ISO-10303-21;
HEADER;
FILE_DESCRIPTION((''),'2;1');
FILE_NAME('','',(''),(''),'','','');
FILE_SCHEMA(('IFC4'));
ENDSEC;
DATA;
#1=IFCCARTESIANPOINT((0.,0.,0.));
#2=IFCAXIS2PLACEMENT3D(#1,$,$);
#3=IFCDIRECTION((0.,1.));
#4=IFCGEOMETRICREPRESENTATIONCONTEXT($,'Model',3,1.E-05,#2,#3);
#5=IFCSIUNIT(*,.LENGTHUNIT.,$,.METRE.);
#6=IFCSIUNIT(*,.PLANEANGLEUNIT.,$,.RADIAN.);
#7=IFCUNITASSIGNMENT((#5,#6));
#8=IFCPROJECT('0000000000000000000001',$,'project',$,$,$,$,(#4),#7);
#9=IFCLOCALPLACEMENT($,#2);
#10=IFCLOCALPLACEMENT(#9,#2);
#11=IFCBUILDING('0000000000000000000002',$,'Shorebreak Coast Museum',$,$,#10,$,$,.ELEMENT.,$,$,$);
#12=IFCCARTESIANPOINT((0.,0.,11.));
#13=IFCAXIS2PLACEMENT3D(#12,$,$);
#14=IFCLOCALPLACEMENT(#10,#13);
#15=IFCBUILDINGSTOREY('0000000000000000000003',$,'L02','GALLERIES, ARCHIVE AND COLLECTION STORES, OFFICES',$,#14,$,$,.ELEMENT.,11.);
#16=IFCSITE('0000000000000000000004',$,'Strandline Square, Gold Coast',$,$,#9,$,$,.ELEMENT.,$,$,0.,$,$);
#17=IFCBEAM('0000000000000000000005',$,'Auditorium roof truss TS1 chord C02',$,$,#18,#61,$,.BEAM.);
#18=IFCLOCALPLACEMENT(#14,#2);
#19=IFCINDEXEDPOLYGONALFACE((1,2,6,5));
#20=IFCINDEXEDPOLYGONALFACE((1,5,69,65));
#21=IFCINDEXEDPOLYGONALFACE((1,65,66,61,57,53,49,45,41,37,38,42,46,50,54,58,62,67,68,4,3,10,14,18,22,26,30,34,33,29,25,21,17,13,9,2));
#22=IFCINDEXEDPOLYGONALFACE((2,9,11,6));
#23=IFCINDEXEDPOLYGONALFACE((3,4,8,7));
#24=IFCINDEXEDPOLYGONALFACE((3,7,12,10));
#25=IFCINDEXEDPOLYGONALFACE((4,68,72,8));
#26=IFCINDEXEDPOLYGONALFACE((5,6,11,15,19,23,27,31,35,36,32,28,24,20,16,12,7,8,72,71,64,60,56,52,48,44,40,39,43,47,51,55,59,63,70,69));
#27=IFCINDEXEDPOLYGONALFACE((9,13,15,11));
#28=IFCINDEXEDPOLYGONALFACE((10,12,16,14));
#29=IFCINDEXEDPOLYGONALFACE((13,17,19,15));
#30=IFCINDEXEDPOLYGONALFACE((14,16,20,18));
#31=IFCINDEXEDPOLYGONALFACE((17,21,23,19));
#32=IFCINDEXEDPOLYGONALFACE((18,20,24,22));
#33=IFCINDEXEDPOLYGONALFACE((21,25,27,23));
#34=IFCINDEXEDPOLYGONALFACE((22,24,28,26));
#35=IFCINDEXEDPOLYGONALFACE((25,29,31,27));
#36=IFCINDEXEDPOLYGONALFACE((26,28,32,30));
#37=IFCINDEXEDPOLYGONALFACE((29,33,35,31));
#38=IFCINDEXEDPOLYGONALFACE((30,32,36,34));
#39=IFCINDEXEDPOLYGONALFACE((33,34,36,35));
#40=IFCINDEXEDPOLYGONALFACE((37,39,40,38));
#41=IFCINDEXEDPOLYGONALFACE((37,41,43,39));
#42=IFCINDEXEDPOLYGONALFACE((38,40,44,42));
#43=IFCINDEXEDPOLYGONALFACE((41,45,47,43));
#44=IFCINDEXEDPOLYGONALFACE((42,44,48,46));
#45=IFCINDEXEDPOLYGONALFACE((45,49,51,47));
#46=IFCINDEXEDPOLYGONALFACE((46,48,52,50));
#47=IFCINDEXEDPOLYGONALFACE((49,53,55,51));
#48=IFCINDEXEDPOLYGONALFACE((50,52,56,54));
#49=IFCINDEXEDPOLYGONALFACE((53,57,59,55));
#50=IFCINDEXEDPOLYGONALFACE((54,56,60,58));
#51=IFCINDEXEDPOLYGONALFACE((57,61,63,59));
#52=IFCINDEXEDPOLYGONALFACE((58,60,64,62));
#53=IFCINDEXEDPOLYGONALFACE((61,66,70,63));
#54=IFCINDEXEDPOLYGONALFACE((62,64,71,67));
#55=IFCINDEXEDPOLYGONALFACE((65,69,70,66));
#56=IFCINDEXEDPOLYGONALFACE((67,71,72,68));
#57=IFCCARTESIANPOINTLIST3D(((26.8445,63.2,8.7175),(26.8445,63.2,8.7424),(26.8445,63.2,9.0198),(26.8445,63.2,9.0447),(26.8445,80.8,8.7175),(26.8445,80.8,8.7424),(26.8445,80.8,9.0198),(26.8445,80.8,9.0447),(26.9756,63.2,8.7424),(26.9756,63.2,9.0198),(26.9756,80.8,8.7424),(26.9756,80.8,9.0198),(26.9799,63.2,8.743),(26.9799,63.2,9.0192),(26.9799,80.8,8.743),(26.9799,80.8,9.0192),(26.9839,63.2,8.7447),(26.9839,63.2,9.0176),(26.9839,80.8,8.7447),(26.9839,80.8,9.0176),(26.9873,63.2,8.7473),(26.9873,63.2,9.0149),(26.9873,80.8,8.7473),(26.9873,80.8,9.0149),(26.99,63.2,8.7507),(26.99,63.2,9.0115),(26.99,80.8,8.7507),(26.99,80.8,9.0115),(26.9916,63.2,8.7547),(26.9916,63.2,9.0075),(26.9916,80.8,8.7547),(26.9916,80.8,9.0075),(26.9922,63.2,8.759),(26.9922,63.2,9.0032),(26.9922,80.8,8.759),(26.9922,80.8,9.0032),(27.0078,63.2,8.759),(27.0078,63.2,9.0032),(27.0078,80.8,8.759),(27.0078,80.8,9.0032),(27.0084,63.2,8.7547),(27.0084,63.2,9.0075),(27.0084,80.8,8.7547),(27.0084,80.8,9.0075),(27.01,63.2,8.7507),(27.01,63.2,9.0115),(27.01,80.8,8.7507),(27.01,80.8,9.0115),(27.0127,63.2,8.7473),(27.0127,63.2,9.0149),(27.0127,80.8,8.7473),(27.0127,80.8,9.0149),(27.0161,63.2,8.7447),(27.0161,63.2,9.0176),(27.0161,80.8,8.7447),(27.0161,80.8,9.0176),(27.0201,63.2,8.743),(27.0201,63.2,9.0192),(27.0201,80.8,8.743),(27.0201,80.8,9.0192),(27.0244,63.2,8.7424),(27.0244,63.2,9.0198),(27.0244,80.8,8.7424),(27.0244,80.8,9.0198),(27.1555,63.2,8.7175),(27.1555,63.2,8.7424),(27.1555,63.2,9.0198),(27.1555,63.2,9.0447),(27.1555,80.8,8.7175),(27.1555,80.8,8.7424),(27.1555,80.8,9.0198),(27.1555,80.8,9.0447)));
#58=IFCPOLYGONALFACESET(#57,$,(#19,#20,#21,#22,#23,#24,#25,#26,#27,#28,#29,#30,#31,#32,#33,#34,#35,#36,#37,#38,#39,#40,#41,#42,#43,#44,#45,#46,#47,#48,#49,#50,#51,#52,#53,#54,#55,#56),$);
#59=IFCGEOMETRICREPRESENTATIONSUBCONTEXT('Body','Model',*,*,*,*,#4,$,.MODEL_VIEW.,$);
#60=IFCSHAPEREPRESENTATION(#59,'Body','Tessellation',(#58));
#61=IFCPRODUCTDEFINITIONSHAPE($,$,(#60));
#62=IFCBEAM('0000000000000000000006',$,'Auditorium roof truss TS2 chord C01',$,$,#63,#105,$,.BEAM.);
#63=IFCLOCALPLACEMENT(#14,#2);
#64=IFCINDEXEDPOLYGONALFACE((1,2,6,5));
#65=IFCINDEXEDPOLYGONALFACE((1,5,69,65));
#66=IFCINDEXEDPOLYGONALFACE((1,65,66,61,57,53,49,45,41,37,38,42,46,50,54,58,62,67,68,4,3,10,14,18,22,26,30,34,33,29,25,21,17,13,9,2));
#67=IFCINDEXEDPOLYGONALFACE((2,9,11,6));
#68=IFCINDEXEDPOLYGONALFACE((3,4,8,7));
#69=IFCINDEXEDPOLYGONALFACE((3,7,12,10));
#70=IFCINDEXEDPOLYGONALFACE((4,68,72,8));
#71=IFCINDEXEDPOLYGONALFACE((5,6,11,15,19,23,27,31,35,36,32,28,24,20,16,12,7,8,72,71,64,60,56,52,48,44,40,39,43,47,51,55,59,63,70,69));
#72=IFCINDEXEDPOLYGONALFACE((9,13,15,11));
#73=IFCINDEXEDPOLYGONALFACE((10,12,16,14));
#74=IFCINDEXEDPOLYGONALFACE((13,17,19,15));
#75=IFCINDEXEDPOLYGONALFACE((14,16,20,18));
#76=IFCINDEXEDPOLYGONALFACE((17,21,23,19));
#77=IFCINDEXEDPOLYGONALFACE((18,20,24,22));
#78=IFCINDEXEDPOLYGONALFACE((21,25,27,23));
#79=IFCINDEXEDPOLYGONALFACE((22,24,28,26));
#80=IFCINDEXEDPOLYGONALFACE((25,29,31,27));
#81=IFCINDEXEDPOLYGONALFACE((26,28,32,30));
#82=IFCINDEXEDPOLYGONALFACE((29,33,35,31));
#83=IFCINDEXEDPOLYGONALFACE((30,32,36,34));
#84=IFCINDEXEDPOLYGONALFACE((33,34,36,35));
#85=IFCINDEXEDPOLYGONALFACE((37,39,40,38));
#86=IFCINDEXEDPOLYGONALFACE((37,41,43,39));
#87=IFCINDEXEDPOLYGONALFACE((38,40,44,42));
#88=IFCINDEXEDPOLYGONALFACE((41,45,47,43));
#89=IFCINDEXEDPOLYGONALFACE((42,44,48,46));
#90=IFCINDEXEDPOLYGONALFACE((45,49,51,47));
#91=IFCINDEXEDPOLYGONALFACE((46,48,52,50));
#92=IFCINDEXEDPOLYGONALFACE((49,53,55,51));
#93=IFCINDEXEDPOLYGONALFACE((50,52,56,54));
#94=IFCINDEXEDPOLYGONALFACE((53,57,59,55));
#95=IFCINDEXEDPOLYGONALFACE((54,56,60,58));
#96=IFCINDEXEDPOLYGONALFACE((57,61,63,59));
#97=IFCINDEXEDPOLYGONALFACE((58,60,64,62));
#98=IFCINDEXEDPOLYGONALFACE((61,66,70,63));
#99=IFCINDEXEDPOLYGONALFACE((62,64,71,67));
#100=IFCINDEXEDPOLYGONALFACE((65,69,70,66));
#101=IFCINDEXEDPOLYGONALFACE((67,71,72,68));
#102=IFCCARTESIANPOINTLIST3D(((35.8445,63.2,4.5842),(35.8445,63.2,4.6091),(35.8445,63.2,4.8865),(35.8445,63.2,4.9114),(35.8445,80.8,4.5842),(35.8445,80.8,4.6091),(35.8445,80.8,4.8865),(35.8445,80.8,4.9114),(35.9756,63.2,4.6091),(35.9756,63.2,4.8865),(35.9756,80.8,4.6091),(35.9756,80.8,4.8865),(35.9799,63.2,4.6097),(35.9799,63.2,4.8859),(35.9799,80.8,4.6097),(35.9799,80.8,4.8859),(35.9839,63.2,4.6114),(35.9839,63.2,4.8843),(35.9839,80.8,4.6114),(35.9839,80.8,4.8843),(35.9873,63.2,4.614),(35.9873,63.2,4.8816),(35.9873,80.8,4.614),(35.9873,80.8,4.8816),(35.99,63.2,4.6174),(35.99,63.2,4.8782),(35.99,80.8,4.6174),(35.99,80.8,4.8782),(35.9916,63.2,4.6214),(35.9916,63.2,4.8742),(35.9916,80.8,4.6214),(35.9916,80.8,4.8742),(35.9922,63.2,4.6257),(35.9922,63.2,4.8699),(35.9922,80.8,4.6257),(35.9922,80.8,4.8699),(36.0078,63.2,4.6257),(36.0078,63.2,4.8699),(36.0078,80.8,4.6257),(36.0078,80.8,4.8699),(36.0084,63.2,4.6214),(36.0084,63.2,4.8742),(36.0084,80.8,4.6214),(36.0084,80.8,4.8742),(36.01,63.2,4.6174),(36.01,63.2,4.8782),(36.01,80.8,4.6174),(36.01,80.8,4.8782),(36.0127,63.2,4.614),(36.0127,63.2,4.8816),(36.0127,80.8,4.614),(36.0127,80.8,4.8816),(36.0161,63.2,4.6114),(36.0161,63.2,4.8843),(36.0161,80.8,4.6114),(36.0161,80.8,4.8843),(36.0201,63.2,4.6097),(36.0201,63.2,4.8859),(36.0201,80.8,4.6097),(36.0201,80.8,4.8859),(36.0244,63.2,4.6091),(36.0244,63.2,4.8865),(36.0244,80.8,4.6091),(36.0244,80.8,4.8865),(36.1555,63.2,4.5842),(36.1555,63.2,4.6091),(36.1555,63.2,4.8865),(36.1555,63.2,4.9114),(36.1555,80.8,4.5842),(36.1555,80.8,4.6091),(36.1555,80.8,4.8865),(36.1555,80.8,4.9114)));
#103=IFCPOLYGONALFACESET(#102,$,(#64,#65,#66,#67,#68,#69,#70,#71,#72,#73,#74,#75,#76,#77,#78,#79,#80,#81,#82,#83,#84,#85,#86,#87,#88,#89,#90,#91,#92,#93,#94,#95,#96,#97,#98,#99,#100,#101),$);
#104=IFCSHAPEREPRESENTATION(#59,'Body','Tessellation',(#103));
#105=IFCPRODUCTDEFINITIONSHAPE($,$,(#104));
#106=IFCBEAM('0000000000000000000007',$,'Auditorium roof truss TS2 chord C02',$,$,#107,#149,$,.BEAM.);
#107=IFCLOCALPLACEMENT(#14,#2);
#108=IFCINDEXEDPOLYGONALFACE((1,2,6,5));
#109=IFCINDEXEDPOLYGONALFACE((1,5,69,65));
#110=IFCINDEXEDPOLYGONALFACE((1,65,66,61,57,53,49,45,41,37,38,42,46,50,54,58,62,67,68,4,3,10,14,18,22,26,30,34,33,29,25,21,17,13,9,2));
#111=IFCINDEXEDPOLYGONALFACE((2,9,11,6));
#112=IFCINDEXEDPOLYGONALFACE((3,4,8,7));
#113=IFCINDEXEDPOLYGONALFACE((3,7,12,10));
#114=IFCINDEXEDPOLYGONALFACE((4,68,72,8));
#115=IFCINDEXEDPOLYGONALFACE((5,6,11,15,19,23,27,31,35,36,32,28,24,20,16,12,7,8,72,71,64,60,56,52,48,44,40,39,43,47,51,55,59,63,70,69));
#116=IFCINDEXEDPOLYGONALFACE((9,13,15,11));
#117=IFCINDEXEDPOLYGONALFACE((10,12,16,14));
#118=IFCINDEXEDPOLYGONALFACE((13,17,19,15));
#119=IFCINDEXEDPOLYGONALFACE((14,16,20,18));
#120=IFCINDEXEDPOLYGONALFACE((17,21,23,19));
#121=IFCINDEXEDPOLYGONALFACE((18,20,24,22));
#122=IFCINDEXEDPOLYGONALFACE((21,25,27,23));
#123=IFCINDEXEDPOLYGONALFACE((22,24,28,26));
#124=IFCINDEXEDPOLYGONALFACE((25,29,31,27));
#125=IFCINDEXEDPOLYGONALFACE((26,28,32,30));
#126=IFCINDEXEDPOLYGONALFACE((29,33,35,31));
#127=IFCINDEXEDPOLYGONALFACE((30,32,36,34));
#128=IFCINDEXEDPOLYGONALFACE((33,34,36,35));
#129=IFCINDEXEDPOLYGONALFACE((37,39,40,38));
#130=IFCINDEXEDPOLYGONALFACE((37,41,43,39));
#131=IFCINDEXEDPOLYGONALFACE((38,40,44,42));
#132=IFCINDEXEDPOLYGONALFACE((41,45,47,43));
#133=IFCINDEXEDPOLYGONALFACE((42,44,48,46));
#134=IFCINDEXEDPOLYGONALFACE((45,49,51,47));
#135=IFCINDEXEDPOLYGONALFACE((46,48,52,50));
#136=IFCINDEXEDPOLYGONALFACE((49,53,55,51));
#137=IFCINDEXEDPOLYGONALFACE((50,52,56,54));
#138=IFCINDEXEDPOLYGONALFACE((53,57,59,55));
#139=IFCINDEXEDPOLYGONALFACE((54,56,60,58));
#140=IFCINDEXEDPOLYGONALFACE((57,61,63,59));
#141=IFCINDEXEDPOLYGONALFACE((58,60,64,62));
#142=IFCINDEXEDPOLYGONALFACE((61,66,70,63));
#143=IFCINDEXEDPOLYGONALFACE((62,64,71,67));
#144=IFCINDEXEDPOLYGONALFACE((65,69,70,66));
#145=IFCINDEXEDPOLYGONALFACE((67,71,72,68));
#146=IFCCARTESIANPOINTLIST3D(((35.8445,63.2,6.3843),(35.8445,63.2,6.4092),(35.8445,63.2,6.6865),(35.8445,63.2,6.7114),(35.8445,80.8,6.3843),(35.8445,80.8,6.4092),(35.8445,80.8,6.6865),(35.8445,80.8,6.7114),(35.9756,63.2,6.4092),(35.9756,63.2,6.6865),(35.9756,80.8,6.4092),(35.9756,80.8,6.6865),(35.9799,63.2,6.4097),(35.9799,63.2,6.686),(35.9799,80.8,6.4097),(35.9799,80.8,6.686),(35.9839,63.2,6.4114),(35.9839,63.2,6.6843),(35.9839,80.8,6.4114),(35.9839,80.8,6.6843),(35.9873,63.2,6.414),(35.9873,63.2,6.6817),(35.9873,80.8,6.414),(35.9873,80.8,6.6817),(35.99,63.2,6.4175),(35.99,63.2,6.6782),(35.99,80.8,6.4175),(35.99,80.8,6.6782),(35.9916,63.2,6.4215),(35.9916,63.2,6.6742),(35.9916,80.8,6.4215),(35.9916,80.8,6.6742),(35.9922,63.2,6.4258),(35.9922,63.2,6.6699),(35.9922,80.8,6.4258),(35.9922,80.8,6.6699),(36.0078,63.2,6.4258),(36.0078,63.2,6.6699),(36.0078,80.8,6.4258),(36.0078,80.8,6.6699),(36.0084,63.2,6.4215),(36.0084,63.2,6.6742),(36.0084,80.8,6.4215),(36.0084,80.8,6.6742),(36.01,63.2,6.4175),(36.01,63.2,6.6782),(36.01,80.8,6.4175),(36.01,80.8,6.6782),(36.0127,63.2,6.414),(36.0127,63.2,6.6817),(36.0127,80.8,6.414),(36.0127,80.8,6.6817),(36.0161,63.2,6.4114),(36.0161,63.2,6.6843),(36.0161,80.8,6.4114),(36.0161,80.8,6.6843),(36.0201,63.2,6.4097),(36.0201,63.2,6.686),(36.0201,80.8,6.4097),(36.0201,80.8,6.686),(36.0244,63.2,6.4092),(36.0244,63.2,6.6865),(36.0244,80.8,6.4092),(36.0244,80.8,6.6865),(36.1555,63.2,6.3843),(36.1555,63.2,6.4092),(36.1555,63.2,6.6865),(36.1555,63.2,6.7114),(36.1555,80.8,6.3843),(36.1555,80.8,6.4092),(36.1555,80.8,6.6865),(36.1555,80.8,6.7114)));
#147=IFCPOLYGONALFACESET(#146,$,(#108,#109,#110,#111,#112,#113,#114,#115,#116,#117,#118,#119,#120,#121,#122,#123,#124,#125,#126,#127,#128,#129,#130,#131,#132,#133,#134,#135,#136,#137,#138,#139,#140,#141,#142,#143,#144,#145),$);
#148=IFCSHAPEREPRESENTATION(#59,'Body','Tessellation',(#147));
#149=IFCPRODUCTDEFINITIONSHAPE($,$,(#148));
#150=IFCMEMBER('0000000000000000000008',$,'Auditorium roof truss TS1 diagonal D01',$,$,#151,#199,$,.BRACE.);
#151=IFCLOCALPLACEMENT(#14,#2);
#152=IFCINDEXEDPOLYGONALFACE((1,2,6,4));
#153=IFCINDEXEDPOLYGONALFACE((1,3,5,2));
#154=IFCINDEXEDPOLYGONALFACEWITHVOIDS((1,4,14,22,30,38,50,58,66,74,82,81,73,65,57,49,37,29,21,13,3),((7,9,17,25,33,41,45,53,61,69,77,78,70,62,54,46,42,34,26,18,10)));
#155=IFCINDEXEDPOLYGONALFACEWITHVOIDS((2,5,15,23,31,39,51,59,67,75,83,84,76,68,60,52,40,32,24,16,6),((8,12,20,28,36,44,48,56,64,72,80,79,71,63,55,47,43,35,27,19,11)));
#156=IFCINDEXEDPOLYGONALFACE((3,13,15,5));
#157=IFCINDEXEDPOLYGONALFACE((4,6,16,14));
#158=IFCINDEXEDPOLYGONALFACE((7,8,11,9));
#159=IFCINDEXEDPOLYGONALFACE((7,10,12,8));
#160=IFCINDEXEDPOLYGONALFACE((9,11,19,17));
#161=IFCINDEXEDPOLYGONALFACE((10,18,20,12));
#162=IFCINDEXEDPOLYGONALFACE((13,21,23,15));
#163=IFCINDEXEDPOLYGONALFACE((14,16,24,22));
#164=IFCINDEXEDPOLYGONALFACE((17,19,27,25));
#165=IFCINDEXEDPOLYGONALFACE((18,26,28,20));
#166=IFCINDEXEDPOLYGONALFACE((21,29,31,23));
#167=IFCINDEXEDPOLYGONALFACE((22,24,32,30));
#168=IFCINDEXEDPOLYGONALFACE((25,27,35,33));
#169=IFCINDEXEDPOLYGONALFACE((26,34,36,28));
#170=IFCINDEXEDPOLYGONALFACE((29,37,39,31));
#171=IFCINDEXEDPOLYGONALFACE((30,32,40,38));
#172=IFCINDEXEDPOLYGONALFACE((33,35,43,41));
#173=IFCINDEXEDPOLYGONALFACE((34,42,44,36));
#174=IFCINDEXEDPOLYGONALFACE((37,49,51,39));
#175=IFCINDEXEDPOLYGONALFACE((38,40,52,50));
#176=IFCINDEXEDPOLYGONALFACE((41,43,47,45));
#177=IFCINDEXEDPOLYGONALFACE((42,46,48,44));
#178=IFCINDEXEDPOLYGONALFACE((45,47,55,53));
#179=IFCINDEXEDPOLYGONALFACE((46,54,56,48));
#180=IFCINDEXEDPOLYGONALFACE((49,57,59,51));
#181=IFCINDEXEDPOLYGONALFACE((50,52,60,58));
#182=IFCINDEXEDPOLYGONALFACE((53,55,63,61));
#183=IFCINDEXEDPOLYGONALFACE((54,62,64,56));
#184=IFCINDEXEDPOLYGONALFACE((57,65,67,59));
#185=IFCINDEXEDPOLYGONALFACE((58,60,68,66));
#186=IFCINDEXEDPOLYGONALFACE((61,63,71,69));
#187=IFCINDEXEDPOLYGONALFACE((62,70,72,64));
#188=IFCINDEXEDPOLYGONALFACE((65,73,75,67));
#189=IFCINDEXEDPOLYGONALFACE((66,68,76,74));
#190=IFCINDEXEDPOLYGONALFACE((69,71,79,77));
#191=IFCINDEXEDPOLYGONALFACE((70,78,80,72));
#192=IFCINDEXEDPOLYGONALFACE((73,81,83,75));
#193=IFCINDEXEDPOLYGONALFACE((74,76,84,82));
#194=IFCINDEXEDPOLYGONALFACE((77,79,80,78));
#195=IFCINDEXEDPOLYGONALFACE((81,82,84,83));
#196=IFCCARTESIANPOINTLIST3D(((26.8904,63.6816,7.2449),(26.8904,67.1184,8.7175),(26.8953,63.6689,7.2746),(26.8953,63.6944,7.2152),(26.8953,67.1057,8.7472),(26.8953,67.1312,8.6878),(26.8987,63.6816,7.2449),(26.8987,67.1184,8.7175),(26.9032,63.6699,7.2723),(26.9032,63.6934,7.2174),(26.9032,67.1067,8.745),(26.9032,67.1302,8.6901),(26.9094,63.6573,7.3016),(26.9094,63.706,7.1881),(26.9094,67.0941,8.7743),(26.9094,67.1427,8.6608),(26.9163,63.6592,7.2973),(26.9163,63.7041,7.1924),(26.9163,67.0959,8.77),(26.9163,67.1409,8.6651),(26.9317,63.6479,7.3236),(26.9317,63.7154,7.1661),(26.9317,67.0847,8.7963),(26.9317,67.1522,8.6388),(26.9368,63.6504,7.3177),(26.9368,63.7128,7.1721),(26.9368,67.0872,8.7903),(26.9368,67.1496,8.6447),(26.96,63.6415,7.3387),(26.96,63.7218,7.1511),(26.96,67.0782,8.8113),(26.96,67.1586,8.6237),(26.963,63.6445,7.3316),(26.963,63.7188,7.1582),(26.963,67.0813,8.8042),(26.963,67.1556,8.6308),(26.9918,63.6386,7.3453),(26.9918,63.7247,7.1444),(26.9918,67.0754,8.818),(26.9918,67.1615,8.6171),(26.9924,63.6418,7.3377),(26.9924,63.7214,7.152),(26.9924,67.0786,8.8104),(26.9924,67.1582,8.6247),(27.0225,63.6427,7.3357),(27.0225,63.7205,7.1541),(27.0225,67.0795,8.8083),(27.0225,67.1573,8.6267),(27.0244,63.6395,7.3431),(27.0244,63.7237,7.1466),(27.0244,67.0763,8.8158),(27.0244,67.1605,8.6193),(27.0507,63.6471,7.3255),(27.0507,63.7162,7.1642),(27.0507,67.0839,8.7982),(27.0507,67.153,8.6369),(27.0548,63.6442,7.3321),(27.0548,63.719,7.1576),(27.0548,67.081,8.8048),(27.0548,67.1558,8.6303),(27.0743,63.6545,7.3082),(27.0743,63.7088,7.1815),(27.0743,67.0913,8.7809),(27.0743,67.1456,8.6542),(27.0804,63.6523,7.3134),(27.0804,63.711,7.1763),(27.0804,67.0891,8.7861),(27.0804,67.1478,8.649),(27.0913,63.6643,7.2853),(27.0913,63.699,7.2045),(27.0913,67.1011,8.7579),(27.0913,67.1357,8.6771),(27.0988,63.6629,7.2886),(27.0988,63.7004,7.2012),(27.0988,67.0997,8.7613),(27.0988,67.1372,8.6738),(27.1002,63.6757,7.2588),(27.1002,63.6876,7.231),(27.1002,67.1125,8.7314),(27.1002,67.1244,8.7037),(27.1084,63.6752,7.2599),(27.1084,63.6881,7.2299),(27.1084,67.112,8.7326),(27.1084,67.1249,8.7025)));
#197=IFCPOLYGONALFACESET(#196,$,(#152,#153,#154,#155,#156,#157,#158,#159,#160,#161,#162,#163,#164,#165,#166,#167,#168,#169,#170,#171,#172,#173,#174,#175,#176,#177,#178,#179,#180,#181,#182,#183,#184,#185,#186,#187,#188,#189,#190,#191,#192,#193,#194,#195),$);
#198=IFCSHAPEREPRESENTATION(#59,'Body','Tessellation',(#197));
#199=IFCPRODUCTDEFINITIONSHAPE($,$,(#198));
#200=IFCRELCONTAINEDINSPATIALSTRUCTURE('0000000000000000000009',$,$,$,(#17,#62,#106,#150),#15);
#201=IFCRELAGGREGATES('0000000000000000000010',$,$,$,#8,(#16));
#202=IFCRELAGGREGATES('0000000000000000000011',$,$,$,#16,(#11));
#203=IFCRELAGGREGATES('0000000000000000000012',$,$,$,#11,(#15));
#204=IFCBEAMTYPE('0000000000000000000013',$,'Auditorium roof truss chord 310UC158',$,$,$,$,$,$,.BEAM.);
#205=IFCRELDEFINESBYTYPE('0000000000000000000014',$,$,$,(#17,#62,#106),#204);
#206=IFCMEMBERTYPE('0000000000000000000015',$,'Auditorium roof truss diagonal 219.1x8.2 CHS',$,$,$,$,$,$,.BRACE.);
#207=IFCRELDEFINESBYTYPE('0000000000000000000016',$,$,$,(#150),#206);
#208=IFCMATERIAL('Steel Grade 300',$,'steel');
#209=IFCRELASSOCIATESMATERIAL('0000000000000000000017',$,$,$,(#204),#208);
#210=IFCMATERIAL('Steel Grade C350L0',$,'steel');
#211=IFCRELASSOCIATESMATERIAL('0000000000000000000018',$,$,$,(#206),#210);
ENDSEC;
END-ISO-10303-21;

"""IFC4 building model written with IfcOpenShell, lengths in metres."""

from ifc_helpers import new_model, si_unit, direction, frame, origin, origin_2d, place, context, subcontext, project, spatial, hollow_circle, i_section, extrude, material, material_profile, profile_set, type_object, element, save


model = new_model("IFC4")

# Units and contexts
model_context = context("Model", 3, precision=1e-05, world=origin(), true_north=direction((0.0, 1.0)))
body_context = subcontext(model_context, "Body", "Model", "MODEL_VIEW")
ifc_project = project(units=[si_unit("LENGTHUNIT", "METRE"), si_unit("PLANEANGLEUNIT", "RADIAN")], contexts=[model_context])

# Site, building, storey
site_placement = place(None, origin())
site = spatial("IfcSite", under=ifc_project, at=site_placement, Name="Strandline Square, Gold Coast", CompositionType="ELEMENT", RefElevation=0.0)
building_placement = place(site_placement, origin())
building = spatial("IfcBuilding", under=site, at=building_placement, Name="Shorebreak Coast Museum", CompositionType="ELEMENT")
storey_placement = place(building_placement, frame((0.0, 0.0, 11.0)))
storey = spatial("IfcBuildingStorey", under=building, at=storey_placement, Name="L02", Description="GALLERIES, ARCHIVE AND COLLECTION STORES, OFFICES", CompositionType="ELEMENT", Elevation=11.0)

# Beams
ifc_material_1 = material(Name="Steel Grade 300", Category="steel")
ifc_material_profile_1 = material_profile(ifc_material_1, i_section(OverallWidth=0.311, OverallDepth=0.3271, WebThickness=0.0156, FlangeThickness=0.0249, FilletRadius=0.0166, at=origin_2d()), Name="310UC158")
ifc_profile_set_1 = profile_set([ifc_material_profile_1], Name="Steel Grade 300")
beam_type_1 = type_object("IfcBeamType", Name="Auditorium roof truss chord 310UC158", PredefinedType="BEAM", material=ifc_profile_set_1)
for number, where, z_axis, x_axis, name in (
    (1, (27.0, 63.2, 8.8811), (0.0, 1.0, 0.0), (-1.0, 0.0, 0.0), "Auditorium roof truss TS1 chord C02"),
    (2, (36.0, 63.2, 4.7478), (0.0, 1.0, 0.0), (-1.0, 0.0, 0.0), "Auditorium roof truss TS2 chord C01"),
    (3, (36.0, 63.2, 6.5479), (0.0, 1.0, 0.0), (-1.0, 0.0, 0.0), "Auditorium roof truss TS2 chord C02"),
):
    element("IfcBeam", number, at=place(storey_placement, frame(where, z_axis=z_axis, x_axis=x_axis)), inside=storey, type_object=beam_type_1, Name=name, PredefinedType="BEAM", context=body_context, shape_type="SweptSolid", body=[
        extrude(i_section(OverallWidth=0.311, OverallDepth=0.3271, WebThickness=0.0156, FlangeThickness=0.0249, FilletRadius=0.0166, at=origin_2d()), origin(), (0.0, 0.0, 1.0), 17.6001),
    ])

# Member
ifc_material_2 = material(Name="Steel Grade C350L0", Category="steel")
ifc_material_profile_2 = material_profile(ifc_material_2, hollow_circle(Radius=0.1096, WallThickness=0.0083, at=origin_2d()), Name="219.1x8.2 CHS")
ifc_profile_set_2 = profile_set([ifc_material_profile_2], Name="Steel Grade C350L0")
member_type_1 = type_object("IfcMemberType", Name="Auditorium roof truss diagonal 219.1x8.2 CHS", PredefinedType="BRACE", material=ifc_profile_set_2)
member_1_placement = place(storey_placement, frame((27.0, 63.6816, 7.2449), z_axis=(0.0, 0.919169, 0.393864), x_axis=(-1.0, 0.0, 0.0)))
element("IfcMember", 4, at=member_1_placement, inside=storey, type_object=member_type_1, Name="Auditorium roof truss TS1 diagonal D01", PredefinedType="BRACE", context=body_context, shape_type="SweptSolid", body=[
    extrude(hollow_circle(Radius=0.1096, WallThickness=0.0083, at=origin_2d()), origin(), (0.0, 0.0, 1.0), 3.739),
])

save(model, "model.ifc")
